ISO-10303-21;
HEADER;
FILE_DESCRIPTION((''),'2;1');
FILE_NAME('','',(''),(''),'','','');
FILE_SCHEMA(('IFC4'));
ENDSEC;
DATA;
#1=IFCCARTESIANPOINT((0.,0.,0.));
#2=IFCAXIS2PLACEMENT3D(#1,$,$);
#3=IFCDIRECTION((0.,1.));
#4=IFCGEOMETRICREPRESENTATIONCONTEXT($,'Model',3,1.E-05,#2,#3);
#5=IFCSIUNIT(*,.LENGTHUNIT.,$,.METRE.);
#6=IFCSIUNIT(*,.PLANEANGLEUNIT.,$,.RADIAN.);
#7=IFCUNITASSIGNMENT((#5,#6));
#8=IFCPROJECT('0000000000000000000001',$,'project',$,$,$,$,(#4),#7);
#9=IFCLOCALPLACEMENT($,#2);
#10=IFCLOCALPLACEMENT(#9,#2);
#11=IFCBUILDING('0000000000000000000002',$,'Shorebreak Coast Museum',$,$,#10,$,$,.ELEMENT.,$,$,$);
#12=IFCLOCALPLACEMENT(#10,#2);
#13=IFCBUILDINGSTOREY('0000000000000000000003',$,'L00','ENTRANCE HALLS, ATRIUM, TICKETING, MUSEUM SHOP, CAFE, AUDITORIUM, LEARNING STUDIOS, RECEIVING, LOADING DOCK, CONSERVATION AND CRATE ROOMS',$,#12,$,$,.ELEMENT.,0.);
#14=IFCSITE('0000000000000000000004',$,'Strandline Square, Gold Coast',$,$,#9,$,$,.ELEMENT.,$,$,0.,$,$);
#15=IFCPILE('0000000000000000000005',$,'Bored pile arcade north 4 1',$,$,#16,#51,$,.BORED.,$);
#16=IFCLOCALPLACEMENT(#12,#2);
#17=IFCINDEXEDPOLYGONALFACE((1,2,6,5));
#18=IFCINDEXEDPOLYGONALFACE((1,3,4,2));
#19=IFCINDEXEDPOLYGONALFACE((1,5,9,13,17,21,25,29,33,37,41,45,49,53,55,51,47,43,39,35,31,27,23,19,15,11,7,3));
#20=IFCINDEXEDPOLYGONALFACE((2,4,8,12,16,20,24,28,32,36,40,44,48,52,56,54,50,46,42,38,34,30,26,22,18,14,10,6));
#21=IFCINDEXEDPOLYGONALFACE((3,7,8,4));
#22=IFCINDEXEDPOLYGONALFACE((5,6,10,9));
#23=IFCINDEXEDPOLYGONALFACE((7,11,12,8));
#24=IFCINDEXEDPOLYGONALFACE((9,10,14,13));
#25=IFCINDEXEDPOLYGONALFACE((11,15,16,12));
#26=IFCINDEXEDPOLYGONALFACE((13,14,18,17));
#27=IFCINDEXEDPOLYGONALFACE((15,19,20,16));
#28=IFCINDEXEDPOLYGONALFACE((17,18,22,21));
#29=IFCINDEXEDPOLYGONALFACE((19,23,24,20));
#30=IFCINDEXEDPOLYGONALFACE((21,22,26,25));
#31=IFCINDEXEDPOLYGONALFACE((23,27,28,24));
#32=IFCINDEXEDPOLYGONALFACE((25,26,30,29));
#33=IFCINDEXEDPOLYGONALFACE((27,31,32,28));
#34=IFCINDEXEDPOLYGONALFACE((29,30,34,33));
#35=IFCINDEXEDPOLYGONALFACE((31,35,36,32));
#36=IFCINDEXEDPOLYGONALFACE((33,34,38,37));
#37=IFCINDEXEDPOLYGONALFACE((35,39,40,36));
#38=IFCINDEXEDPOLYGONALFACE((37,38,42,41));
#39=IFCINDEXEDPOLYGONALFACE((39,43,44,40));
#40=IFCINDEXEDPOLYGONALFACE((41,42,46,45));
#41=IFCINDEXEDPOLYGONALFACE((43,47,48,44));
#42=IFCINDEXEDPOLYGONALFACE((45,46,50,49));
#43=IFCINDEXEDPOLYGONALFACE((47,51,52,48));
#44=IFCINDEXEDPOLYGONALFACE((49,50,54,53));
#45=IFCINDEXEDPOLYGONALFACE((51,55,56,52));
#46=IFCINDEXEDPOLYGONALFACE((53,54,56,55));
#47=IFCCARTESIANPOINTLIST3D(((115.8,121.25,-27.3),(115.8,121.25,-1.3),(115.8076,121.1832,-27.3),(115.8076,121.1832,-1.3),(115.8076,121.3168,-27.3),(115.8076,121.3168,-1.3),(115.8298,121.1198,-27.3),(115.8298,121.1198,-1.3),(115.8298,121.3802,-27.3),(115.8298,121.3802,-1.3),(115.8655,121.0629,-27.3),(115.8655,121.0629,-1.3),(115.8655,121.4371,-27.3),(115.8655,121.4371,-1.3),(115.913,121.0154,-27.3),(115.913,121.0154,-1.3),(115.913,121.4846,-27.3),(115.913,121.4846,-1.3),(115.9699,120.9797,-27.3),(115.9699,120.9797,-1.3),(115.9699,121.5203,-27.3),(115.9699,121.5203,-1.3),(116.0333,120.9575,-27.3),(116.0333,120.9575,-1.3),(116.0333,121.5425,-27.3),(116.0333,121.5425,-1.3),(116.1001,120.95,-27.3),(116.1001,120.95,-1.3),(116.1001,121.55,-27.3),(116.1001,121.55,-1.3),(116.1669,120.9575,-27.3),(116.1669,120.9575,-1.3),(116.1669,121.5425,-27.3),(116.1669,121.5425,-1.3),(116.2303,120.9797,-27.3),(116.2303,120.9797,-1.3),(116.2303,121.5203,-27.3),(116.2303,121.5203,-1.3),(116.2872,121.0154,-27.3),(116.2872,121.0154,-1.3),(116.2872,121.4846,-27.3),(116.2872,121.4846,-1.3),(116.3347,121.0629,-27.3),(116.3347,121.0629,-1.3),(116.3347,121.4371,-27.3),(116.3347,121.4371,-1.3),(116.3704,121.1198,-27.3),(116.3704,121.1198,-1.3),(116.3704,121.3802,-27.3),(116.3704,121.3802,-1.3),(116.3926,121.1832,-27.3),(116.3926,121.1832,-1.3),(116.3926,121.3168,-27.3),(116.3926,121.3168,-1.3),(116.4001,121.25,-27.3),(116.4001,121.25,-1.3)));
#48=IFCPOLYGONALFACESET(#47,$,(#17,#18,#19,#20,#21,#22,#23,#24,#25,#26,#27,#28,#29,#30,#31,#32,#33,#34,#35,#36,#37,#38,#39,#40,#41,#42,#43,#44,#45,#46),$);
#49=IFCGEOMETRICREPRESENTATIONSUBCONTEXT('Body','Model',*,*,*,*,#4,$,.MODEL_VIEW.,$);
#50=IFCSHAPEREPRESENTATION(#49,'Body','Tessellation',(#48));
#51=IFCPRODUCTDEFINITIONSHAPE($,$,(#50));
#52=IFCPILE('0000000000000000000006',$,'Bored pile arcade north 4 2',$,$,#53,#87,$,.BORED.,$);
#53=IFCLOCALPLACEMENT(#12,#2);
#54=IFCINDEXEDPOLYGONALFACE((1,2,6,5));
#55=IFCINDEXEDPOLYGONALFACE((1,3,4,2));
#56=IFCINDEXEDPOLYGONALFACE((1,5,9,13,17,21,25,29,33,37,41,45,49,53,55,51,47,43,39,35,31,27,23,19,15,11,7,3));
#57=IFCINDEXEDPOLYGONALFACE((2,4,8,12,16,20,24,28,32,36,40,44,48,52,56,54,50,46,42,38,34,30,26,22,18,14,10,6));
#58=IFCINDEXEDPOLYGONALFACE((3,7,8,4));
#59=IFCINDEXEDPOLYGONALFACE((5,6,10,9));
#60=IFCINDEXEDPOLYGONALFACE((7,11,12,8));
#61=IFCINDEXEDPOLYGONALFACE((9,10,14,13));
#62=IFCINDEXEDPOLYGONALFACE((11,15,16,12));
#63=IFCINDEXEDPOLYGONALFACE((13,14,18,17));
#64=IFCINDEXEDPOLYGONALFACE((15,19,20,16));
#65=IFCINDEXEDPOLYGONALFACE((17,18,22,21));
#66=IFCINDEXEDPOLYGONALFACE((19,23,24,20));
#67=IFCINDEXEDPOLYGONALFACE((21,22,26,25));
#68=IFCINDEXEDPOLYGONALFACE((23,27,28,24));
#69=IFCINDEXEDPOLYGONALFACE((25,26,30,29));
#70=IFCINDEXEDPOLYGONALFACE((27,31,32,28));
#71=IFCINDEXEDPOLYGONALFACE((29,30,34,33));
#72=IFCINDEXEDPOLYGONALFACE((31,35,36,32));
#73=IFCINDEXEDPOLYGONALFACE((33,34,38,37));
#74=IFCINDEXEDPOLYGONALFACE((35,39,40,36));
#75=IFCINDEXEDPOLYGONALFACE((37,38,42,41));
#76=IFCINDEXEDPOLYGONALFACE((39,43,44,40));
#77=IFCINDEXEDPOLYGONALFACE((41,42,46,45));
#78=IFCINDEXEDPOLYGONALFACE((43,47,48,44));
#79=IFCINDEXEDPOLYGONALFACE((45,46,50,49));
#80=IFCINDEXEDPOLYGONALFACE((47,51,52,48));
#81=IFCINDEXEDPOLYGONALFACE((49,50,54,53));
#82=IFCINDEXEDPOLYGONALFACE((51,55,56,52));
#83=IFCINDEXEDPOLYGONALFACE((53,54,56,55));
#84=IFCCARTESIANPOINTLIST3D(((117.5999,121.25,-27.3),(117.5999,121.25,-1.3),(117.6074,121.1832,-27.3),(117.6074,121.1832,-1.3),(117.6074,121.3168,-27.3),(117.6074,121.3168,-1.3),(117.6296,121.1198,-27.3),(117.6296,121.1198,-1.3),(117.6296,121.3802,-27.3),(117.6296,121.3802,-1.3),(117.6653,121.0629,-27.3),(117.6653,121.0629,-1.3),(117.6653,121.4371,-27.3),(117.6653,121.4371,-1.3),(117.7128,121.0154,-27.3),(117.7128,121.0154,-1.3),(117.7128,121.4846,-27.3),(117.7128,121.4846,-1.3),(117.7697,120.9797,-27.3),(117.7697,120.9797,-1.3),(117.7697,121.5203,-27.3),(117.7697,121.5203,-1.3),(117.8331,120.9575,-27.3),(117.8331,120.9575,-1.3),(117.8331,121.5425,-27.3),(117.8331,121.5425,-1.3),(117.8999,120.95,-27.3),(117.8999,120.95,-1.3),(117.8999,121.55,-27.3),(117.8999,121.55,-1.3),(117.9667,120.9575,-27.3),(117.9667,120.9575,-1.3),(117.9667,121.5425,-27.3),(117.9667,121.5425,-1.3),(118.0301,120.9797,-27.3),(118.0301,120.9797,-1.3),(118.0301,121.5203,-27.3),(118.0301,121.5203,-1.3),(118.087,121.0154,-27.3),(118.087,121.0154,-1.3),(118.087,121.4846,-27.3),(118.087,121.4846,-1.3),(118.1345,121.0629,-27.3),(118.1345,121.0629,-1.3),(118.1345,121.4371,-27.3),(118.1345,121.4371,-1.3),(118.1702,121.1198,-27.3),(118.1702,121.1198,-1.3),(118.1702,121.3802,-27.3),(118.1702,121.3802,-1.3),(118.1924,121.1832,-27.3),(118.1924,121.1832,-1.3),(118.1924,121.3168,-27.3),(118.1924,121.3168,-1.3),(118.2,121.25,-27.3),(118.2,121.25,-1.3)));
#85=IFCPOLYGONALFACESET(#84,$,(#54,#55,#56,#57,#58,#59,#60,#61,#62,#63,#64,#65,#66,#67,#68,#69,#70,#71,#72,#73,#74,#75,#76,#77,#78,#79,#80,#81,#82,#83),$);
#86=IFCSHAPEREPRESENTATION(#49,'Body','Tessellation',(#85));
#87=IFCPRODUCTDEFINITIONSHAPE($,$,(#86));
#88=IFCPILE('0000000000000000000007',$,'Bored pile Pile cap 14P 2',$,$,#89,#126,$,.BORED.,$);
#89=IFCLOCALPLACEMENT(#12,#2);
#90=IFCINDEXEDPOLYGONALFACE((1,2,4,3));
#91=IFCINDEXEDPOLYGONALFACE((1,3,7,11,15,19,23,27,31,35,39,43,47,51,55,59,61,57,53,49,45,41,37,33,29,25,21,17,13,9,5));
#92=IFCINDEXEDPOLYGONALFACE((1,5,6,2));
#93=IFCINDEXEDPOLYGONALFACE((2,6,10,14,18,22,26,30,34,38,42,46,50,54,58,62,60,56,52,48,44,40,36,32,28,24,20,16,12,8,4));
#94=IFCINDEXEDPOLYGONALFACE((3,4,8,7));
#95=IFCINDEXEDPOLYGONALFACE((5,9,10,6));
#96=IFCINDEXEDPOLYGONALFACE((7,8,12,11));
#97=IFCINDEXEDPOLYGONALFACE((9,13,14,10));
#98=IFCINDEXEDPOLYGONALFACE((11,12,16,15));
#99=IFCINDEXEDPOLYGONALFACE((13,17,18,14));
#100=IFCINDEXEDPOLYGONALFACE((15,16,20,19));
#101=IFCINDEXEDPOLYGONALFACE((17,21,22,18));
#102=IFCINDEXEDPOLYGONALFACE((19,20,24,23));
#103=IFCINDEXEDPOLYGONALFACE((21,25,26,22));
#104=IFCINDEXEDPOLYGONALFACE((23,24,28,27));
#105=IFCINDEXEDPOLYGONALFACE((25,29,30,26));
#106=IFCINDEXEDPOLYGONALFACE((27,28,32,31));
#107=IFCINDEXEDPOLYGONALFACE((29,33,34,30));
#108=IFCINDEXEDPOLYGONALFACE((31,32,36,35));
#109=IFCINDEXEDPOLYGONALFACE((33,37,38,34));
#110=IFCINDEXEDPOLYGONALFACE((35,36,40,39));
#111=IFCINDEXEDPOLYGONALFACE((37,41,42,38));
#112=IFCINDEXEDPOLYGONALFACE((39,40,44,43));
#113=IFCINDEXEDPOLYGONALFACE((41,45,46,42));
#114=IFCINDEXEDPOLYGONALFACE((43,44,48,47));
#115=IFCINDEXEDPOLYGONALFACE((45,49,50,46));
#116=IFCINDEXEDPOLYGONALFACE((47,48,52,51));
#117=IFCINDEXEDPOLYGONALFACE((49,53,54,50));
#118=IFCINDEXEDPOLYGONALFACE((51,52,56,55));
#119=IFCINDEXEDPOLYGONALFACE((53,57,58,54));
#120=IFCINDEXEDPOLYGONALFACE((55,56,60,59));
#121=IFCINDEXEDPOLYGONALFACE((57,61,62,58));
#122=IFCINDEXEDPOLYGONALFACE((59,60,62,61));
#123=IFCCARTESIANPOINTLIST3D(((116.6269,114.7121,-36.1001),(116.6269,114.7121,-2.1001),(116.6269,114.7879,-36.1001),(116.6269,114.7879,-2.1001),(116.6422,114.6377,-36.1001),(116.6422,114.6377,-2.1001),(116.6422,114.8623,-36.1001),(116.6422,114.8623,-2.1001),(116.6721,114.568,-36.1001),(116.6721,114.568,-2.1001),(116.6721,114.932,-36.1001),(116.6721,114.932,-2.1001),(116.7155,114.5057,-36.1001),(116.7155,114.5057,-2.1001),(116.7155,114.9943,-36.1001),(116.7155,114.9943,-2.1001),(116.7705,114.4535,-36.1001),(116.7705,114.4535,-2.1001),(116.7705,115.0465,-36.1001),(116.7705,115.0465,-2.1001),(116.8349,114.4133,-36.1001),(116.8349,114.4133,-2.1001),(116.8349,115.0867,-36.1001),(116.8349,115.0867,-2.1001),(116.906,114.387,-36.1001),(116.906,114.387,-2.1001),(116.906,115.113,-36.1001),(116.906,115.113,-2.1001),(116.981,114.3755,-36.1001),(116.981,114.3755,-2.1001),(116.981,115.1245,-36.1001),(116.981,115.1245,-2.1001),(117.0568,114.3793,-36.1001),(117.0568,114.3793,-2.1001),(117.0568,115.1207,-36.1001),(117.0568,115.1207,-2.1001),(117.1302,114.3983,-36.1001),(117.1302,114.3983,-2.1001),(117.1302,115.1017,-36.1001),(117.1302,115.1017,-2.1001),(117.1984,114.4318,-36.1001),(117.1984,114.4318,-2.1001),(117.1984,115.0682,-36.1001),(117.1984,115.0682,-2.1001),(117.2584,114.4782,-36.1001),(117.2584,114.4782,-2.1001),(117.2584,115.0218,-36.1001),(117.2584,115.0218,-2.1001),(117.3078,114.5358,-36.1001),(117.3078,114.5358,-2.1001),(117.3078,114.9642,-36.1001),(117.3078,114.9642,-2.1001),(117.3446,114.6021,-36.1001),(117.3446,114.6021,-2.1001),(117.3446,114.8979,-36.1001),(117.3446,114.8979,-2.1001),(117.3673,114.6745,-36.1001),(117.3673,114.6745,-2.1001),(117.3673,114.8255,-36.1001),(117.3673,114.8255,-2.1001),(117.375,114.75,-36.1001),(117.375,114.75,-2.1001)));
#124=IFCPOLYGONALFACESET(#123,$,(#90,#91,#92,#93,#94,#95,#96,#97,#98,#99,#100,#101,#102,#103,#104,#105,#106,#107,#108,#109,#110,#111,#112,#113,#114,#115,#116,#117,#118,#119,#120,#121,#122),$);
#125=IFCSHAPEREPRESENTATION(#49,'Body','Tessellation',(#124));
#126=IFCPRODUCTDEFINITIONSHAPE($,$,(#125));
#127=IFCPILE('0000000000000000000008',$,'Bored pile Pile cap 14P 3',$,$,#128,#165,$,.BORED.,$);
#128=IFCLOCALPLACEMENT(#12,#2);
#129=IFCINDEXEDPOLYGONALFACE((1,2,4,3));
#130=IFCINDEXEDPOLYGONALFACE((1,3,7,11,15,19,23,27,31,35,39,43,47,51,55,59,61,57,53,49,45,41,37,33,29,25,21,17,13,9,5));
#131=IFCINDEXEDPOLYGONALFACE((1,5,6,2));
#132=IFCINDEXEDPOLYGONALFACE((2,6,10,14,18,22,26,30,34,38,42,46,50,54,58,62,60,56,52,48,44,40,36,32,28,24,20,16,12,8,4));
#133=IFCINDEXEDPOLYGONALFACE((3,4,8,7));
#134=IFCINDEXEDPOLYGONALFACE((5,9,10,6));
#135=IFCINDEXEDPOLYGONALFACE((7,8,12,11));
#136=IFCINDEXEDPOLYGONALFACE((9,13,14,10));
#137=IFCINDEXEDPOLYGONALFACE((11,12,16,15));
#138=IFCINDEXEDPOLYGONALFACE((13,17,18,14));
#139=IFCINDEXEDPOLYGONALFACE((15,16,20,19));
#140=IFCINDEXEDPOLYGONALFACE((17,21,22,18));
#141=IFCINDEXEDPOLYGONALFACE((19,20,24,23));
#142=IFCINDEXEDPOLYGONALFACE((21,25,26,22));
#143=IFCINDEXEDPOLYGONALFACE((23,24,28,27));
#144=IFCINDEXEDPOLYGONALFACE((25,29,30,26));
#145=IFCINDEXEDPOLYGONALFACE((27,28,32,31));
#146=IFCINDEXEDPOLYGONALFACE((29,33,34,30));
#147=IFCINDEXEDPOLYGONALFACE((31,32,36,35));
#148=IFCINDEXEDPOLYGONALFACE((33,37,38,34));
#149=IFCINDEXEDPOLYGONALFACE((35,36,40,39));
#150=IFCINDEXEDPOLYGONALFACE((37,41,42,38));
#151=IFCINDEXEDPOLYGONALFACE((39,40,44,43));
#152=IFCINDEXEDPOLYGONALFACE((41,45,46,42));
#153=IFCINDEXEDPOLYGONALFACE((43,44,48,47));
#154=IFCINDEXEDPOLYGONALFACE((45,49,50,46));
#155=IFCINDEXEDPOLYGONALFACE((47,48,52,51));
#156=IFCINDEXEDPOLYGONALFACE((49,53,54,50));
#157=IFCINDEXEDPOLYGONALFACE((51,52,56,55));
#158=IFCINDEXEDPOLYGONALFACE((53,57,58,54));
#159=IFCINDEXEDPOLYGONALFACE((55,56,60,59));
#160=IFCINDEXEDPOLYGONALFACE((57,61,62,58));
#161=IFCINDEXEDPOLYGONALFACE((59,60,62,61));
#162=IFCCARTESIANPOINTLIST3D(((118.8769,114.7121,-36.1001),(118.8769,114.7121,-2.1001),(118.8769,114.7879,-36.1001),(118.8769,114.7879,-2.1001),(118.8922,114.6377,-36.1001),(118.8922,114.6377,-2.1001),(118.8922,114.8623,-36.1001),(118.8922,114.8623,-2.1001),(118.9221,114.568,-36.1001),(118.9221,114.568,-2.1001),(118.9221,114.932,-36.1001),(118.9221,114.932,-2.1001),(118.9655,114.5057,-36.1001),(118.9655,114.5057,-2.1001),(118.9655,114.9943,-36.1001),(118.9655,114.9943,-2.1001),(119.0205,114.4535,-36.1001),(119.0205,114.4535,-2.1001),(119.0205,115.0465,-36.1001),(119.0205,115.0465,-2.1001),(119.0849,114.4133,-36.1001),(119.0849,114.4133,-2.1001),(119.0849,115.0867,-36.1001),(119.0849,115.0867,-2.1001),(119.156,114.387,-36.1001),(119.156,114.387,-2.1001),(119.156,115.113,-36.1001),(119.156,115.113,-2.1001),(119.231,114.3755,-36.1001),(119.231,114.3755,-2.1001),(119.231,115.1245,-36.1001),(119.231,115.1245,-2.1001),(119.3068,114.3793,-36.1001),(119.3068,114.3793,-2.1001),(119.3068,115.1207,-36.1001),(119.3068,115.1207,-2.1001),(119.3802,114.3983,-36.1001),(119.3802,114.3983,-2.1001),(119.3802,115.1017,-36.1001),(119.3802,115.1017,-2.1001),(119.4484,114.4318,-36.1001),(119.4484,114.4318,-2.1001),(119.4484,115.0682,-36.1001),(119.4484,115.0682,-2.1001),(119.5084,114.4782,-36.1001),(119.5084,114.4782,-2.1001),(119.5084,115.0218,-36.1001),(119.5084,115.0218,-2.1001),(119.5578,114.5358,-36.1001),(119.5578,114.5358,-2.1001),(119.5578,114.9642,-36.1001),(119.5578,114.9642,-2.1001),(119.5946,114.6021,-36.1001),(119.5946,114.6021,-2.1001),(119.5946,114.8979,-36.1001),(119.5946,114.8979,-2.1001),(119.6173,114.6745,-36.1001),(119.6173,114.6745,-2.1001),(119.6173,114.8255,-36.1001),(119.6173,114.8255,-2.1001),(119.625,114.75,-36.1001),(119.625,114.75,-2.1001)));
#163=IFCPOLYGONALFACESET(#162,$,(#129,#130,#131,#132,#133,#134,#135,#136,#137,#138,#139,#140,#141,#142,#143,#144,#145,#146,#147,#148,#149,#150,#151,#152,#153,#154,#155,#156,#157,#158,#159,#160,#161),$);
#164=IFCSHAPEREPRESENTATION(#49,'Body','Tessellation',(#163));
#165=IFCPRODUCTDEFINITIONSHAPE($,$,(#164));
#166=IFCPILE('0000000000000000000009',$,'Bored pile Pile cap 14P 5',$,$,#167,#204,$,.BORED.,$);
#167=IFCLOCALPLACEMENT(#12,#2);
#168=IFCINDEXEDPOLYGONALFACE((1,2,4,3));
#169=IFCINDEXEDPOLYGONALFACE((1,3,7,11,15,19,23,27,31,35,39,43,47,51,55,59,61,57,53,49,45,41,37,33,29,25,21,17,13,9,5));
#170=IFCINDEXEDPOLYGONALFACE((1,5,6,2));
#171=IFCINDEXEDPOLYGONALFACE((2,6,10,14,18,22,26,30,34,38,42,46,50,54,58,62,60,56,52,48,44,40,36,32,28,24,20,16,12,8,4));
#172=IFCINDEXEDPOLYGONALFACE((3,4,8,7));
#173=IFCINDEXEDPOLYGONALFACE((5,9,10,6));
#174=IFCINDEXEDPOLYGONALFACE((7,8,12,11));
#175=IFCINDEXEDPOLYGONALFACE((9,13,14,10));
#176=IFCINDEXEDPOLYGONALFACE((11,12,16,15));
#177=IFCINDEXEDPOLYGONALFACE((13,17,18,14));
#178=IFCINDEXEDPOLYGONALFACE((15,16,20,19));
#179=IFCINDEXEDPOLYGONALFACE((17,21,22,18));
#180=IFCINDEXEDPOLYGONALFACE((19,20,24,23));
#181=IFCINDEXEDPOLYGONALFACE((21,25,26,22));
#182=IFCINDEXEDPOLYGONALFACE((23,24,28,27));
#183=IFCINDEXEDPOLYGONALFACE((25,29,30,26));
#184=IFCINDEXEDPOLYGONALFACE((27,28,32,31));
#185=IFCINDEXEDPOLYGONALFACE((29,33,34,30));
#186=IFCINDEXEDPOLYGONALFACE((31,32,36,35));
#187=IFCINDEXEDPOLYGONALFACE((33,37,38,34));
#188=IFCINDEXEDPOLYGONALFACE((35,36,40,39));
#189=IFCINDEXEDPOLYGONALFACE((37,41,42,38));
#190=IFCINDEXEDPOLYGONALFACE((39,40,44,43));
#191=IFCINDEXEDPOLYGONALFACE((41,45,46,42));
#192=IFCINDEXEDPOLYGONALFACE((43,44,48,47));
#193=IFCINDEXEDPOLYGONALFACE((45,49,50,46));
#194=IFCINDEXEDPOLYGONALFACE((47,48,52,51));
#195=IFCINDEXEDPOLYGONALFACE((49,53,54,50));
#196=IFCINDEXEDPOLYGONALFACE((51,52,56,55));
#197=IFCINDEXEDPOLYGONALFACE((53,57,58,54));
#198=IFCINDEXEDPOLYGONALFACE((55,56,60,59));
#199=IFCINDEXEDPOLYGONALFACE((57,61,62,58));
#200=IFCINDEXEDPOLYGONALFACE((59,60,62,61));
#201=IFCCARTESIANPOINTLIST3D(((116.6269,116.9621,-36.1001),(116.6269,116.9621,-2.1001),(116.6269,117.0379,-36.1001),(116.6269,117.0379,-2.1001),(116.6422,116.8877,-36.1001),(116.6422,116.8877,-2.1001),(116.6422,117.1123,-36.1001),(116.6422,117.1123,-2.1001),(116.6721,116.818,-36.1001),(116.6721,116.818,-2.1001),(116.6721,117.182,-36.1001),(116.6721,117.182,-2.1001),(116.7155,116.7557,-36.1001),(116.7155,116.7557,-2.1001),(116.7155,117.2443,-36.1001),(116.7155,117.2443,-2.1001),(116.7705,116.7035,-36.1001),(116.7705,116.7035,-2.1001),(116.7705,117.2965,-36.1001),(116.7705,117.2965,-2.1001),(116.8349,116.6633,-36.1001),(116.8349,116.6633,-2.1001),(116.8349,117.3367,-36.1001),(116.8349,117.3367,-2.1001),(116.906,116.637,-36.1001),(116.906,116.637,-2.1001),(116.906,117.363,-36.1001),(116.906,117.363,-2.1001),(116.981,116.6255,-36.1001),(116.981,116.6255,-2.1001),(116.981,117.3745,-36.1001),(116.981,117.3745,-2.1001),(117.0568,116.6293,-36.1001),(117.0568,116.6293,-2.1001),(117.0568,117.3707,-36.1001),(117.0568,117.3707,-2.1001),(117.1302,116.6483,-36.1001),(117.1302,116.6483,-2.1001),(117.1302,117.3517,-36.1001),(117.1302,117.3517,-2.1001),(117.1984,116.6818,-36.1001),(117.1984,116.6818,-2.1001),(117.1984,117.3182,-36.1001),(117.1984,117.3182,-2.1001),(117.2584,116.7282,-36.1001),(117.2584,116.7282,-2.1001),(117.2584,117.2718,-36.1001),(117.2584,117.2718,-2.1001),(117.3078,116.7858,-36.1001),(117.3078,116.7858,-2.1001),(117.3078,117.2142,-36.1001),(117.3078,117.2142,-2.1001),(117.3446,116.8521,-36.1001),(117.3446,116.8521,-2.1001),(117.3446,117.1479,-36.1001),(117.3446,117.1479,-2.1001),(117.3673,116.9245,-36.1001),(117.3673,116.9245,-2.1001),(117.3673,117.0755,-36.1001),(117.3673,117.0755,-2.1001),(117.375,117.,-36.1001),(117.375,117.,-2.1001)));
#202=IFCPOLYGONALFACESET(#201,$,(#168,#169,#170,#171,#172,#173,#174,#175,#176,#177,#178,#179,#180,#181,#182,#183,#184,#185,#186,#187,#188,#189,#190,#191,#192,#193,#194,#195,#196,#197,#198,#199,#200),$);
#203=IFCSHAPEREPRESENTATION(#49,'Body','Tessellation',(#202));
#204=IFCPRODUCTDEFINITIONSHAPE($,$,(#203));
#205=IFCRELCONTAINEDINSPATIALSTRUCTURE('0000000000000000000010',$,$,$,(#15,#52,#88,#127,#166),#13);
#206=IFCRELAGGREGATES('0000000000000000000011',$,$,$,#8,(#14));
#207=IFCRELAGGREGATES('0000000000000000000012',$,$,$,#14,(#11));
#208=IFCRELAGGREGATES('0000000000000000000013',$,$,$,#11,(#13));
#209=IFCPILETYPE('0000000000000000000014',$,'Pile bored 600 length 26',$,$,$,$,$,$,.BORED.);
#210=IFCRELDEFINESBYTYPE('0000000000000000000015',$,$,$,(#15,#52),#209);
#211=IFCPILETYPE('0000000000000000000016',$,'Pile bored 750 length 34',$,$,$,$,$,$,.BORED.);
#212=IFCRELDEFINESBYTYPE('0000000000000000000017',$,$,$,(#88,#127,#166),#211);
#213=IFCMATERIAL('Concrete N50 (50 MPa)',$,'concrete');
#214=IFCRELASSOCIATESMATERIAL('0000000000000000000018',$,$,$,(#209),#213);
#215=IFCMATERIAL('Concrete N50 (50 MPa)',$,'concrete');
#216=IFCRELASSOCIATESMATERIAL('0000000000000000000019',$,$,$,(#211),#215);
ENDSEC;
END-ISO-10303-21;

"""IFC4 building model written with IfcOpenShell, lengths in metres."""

from ifc_helpers import new_model, si_unit, direction, frame, origin, origin_2d, place, context, subcontext, project, spatial, circle, extrude, material, material_profile, profile_set, type_object, element, save


model = new_model("IFC4")

# Units and contexts
model_context = context("Model", 3, precision=1e-05, world=origin(), true_north=direction((0.0, 1.0)))
body_context = subcontext(model_context, "Body", "Model", "MODEL_VIEW")
ifc_project = project(units=[si_unit("LENGTHUNIT", "METRE"), si_unit("PLANEANGLEUNIT", "RADIAN")], contexts=[model_context])

# Site, building, storey
site_placement = place(None, origin())
site = spatial("IfcSite", under=ifc_project, at=site_placement, Name="Strandline Square, Gold Coast", CompositionType="ELEMENT", RefElevation=0.0)
building_placement = place(site_placement, origin())
building = spatial("IfcBuilding", under=site, at=building_placement, Name="Shorebreak Coast Museum", CompositionType="ELEMENT")
storey_placement = place(building_placement, origin())
storey = spatial("IfcBuildingStorey", under=building, at=storey_placement, Name="L00", Description="ENTRANCE HALLS, ATRIUM, TICKETING, MUSEUM SHOP, CAFE, AUDITORIUM, LEARNING STUDIOS, RECEIVING, LOADING DOCK, CONSERVATION AND CRATE ROOMS", CompositionType="ELEMENT", Elevation=0.0)

# Piles
ifc_material_1 = material(Name="Concrete N50 (50 MPa)", Category="concrete")
ifc_material_profile_1 = material_profile(ifc_material_1, circle(Radius=0.3, at=origin_2d()), Name="Pile bored 600 length 26")
ifc_profile_set_1 = profile_set([ifc_material_profile_1], Name="Concrete N50 (50 MPa)")
pile_type_1 = type_object("IfcPileType", Name="Pile bored 600 length 26", PredefinedType="BORED", material=ifc_profile_set_1)
for number, where, z_axis, x_axis, name in (
    (1, (116.1001, 121.25, -1.3), (0.0, 0.0, -1.0), (1.0, 0.0, 0.0), "Bored pile arcade north 4 1"),
    (2, (117.8999, 121.25, -1.3), (0.0, 0.0, -1.0), (1.0, 0.0, 0.0), "Bored pile arcade north 4 2"),
):
    element("IfcPile", number, at=place(storey_placement, frame(where, z_axis=z_axis, x_axis=x_axis)), inside=storey, type_object=pile_type_1, Name=name, PredefinedType="BORED", context=body_context, shape_type="SweptSolid", body=[
        extrude(circle(Radius=0.3, at=origin_2d()), origin(), (0.0, 0.0, 1.0), 26.0),
    ])
ifc_material_2 = material(Name="Concrete N50 (50 MPa)", Category="concrete")
ifc_material_profile_2 = material_profile(ifc_material_2, circle(Radius=0.375, at=origin_2d()), Name="Pile bored 750 length 34")
ifc_profile_set_2 = profile_set([ifc_material_profile_2], Name="Concrete N50 (50 MPa)")
pile_type_2 = type_object("IfcPileType", Name="Pile bored 750 length 34", PredefinedType="BORED", material=ifc_profile_set_2)
for number, where, z_axis, x_axis, name in (
    (3, (117.0, 114.75, -2.1001), (0.0, 0.0, -1.0), (1.0, 0.0, 0.0), "Bored pile Pile cap 14P 2"),
    (4, (119.25, 114.75, -2.1001), (0.0, 0.0, -1.0), (1.0, 0.0, 0.0), "Bored pile Pile cap 14P 3"),
    (5, (117.0, 117.0, -2.1001), (0.0, 0.0, -1.0), (1.0, 0.0, 0.0), "Bored pile Pile cap 14P 5"),
):
    element("IfcPile", number, at=place(storey_placement, frame(where, z_axis=z_axis, x_axis=x_axis)), inside=storey, type_object=pile_type_2, Name=name, PredefinedType="BORED", context=body_context, shape_type="SweptSolid", body=[
        extrude(circle(Radius=0.375, at=origin_2d()), origin(), (0.0, 0.0, 1.0), 34.0),
    ])

save(model, "model.ifc")
